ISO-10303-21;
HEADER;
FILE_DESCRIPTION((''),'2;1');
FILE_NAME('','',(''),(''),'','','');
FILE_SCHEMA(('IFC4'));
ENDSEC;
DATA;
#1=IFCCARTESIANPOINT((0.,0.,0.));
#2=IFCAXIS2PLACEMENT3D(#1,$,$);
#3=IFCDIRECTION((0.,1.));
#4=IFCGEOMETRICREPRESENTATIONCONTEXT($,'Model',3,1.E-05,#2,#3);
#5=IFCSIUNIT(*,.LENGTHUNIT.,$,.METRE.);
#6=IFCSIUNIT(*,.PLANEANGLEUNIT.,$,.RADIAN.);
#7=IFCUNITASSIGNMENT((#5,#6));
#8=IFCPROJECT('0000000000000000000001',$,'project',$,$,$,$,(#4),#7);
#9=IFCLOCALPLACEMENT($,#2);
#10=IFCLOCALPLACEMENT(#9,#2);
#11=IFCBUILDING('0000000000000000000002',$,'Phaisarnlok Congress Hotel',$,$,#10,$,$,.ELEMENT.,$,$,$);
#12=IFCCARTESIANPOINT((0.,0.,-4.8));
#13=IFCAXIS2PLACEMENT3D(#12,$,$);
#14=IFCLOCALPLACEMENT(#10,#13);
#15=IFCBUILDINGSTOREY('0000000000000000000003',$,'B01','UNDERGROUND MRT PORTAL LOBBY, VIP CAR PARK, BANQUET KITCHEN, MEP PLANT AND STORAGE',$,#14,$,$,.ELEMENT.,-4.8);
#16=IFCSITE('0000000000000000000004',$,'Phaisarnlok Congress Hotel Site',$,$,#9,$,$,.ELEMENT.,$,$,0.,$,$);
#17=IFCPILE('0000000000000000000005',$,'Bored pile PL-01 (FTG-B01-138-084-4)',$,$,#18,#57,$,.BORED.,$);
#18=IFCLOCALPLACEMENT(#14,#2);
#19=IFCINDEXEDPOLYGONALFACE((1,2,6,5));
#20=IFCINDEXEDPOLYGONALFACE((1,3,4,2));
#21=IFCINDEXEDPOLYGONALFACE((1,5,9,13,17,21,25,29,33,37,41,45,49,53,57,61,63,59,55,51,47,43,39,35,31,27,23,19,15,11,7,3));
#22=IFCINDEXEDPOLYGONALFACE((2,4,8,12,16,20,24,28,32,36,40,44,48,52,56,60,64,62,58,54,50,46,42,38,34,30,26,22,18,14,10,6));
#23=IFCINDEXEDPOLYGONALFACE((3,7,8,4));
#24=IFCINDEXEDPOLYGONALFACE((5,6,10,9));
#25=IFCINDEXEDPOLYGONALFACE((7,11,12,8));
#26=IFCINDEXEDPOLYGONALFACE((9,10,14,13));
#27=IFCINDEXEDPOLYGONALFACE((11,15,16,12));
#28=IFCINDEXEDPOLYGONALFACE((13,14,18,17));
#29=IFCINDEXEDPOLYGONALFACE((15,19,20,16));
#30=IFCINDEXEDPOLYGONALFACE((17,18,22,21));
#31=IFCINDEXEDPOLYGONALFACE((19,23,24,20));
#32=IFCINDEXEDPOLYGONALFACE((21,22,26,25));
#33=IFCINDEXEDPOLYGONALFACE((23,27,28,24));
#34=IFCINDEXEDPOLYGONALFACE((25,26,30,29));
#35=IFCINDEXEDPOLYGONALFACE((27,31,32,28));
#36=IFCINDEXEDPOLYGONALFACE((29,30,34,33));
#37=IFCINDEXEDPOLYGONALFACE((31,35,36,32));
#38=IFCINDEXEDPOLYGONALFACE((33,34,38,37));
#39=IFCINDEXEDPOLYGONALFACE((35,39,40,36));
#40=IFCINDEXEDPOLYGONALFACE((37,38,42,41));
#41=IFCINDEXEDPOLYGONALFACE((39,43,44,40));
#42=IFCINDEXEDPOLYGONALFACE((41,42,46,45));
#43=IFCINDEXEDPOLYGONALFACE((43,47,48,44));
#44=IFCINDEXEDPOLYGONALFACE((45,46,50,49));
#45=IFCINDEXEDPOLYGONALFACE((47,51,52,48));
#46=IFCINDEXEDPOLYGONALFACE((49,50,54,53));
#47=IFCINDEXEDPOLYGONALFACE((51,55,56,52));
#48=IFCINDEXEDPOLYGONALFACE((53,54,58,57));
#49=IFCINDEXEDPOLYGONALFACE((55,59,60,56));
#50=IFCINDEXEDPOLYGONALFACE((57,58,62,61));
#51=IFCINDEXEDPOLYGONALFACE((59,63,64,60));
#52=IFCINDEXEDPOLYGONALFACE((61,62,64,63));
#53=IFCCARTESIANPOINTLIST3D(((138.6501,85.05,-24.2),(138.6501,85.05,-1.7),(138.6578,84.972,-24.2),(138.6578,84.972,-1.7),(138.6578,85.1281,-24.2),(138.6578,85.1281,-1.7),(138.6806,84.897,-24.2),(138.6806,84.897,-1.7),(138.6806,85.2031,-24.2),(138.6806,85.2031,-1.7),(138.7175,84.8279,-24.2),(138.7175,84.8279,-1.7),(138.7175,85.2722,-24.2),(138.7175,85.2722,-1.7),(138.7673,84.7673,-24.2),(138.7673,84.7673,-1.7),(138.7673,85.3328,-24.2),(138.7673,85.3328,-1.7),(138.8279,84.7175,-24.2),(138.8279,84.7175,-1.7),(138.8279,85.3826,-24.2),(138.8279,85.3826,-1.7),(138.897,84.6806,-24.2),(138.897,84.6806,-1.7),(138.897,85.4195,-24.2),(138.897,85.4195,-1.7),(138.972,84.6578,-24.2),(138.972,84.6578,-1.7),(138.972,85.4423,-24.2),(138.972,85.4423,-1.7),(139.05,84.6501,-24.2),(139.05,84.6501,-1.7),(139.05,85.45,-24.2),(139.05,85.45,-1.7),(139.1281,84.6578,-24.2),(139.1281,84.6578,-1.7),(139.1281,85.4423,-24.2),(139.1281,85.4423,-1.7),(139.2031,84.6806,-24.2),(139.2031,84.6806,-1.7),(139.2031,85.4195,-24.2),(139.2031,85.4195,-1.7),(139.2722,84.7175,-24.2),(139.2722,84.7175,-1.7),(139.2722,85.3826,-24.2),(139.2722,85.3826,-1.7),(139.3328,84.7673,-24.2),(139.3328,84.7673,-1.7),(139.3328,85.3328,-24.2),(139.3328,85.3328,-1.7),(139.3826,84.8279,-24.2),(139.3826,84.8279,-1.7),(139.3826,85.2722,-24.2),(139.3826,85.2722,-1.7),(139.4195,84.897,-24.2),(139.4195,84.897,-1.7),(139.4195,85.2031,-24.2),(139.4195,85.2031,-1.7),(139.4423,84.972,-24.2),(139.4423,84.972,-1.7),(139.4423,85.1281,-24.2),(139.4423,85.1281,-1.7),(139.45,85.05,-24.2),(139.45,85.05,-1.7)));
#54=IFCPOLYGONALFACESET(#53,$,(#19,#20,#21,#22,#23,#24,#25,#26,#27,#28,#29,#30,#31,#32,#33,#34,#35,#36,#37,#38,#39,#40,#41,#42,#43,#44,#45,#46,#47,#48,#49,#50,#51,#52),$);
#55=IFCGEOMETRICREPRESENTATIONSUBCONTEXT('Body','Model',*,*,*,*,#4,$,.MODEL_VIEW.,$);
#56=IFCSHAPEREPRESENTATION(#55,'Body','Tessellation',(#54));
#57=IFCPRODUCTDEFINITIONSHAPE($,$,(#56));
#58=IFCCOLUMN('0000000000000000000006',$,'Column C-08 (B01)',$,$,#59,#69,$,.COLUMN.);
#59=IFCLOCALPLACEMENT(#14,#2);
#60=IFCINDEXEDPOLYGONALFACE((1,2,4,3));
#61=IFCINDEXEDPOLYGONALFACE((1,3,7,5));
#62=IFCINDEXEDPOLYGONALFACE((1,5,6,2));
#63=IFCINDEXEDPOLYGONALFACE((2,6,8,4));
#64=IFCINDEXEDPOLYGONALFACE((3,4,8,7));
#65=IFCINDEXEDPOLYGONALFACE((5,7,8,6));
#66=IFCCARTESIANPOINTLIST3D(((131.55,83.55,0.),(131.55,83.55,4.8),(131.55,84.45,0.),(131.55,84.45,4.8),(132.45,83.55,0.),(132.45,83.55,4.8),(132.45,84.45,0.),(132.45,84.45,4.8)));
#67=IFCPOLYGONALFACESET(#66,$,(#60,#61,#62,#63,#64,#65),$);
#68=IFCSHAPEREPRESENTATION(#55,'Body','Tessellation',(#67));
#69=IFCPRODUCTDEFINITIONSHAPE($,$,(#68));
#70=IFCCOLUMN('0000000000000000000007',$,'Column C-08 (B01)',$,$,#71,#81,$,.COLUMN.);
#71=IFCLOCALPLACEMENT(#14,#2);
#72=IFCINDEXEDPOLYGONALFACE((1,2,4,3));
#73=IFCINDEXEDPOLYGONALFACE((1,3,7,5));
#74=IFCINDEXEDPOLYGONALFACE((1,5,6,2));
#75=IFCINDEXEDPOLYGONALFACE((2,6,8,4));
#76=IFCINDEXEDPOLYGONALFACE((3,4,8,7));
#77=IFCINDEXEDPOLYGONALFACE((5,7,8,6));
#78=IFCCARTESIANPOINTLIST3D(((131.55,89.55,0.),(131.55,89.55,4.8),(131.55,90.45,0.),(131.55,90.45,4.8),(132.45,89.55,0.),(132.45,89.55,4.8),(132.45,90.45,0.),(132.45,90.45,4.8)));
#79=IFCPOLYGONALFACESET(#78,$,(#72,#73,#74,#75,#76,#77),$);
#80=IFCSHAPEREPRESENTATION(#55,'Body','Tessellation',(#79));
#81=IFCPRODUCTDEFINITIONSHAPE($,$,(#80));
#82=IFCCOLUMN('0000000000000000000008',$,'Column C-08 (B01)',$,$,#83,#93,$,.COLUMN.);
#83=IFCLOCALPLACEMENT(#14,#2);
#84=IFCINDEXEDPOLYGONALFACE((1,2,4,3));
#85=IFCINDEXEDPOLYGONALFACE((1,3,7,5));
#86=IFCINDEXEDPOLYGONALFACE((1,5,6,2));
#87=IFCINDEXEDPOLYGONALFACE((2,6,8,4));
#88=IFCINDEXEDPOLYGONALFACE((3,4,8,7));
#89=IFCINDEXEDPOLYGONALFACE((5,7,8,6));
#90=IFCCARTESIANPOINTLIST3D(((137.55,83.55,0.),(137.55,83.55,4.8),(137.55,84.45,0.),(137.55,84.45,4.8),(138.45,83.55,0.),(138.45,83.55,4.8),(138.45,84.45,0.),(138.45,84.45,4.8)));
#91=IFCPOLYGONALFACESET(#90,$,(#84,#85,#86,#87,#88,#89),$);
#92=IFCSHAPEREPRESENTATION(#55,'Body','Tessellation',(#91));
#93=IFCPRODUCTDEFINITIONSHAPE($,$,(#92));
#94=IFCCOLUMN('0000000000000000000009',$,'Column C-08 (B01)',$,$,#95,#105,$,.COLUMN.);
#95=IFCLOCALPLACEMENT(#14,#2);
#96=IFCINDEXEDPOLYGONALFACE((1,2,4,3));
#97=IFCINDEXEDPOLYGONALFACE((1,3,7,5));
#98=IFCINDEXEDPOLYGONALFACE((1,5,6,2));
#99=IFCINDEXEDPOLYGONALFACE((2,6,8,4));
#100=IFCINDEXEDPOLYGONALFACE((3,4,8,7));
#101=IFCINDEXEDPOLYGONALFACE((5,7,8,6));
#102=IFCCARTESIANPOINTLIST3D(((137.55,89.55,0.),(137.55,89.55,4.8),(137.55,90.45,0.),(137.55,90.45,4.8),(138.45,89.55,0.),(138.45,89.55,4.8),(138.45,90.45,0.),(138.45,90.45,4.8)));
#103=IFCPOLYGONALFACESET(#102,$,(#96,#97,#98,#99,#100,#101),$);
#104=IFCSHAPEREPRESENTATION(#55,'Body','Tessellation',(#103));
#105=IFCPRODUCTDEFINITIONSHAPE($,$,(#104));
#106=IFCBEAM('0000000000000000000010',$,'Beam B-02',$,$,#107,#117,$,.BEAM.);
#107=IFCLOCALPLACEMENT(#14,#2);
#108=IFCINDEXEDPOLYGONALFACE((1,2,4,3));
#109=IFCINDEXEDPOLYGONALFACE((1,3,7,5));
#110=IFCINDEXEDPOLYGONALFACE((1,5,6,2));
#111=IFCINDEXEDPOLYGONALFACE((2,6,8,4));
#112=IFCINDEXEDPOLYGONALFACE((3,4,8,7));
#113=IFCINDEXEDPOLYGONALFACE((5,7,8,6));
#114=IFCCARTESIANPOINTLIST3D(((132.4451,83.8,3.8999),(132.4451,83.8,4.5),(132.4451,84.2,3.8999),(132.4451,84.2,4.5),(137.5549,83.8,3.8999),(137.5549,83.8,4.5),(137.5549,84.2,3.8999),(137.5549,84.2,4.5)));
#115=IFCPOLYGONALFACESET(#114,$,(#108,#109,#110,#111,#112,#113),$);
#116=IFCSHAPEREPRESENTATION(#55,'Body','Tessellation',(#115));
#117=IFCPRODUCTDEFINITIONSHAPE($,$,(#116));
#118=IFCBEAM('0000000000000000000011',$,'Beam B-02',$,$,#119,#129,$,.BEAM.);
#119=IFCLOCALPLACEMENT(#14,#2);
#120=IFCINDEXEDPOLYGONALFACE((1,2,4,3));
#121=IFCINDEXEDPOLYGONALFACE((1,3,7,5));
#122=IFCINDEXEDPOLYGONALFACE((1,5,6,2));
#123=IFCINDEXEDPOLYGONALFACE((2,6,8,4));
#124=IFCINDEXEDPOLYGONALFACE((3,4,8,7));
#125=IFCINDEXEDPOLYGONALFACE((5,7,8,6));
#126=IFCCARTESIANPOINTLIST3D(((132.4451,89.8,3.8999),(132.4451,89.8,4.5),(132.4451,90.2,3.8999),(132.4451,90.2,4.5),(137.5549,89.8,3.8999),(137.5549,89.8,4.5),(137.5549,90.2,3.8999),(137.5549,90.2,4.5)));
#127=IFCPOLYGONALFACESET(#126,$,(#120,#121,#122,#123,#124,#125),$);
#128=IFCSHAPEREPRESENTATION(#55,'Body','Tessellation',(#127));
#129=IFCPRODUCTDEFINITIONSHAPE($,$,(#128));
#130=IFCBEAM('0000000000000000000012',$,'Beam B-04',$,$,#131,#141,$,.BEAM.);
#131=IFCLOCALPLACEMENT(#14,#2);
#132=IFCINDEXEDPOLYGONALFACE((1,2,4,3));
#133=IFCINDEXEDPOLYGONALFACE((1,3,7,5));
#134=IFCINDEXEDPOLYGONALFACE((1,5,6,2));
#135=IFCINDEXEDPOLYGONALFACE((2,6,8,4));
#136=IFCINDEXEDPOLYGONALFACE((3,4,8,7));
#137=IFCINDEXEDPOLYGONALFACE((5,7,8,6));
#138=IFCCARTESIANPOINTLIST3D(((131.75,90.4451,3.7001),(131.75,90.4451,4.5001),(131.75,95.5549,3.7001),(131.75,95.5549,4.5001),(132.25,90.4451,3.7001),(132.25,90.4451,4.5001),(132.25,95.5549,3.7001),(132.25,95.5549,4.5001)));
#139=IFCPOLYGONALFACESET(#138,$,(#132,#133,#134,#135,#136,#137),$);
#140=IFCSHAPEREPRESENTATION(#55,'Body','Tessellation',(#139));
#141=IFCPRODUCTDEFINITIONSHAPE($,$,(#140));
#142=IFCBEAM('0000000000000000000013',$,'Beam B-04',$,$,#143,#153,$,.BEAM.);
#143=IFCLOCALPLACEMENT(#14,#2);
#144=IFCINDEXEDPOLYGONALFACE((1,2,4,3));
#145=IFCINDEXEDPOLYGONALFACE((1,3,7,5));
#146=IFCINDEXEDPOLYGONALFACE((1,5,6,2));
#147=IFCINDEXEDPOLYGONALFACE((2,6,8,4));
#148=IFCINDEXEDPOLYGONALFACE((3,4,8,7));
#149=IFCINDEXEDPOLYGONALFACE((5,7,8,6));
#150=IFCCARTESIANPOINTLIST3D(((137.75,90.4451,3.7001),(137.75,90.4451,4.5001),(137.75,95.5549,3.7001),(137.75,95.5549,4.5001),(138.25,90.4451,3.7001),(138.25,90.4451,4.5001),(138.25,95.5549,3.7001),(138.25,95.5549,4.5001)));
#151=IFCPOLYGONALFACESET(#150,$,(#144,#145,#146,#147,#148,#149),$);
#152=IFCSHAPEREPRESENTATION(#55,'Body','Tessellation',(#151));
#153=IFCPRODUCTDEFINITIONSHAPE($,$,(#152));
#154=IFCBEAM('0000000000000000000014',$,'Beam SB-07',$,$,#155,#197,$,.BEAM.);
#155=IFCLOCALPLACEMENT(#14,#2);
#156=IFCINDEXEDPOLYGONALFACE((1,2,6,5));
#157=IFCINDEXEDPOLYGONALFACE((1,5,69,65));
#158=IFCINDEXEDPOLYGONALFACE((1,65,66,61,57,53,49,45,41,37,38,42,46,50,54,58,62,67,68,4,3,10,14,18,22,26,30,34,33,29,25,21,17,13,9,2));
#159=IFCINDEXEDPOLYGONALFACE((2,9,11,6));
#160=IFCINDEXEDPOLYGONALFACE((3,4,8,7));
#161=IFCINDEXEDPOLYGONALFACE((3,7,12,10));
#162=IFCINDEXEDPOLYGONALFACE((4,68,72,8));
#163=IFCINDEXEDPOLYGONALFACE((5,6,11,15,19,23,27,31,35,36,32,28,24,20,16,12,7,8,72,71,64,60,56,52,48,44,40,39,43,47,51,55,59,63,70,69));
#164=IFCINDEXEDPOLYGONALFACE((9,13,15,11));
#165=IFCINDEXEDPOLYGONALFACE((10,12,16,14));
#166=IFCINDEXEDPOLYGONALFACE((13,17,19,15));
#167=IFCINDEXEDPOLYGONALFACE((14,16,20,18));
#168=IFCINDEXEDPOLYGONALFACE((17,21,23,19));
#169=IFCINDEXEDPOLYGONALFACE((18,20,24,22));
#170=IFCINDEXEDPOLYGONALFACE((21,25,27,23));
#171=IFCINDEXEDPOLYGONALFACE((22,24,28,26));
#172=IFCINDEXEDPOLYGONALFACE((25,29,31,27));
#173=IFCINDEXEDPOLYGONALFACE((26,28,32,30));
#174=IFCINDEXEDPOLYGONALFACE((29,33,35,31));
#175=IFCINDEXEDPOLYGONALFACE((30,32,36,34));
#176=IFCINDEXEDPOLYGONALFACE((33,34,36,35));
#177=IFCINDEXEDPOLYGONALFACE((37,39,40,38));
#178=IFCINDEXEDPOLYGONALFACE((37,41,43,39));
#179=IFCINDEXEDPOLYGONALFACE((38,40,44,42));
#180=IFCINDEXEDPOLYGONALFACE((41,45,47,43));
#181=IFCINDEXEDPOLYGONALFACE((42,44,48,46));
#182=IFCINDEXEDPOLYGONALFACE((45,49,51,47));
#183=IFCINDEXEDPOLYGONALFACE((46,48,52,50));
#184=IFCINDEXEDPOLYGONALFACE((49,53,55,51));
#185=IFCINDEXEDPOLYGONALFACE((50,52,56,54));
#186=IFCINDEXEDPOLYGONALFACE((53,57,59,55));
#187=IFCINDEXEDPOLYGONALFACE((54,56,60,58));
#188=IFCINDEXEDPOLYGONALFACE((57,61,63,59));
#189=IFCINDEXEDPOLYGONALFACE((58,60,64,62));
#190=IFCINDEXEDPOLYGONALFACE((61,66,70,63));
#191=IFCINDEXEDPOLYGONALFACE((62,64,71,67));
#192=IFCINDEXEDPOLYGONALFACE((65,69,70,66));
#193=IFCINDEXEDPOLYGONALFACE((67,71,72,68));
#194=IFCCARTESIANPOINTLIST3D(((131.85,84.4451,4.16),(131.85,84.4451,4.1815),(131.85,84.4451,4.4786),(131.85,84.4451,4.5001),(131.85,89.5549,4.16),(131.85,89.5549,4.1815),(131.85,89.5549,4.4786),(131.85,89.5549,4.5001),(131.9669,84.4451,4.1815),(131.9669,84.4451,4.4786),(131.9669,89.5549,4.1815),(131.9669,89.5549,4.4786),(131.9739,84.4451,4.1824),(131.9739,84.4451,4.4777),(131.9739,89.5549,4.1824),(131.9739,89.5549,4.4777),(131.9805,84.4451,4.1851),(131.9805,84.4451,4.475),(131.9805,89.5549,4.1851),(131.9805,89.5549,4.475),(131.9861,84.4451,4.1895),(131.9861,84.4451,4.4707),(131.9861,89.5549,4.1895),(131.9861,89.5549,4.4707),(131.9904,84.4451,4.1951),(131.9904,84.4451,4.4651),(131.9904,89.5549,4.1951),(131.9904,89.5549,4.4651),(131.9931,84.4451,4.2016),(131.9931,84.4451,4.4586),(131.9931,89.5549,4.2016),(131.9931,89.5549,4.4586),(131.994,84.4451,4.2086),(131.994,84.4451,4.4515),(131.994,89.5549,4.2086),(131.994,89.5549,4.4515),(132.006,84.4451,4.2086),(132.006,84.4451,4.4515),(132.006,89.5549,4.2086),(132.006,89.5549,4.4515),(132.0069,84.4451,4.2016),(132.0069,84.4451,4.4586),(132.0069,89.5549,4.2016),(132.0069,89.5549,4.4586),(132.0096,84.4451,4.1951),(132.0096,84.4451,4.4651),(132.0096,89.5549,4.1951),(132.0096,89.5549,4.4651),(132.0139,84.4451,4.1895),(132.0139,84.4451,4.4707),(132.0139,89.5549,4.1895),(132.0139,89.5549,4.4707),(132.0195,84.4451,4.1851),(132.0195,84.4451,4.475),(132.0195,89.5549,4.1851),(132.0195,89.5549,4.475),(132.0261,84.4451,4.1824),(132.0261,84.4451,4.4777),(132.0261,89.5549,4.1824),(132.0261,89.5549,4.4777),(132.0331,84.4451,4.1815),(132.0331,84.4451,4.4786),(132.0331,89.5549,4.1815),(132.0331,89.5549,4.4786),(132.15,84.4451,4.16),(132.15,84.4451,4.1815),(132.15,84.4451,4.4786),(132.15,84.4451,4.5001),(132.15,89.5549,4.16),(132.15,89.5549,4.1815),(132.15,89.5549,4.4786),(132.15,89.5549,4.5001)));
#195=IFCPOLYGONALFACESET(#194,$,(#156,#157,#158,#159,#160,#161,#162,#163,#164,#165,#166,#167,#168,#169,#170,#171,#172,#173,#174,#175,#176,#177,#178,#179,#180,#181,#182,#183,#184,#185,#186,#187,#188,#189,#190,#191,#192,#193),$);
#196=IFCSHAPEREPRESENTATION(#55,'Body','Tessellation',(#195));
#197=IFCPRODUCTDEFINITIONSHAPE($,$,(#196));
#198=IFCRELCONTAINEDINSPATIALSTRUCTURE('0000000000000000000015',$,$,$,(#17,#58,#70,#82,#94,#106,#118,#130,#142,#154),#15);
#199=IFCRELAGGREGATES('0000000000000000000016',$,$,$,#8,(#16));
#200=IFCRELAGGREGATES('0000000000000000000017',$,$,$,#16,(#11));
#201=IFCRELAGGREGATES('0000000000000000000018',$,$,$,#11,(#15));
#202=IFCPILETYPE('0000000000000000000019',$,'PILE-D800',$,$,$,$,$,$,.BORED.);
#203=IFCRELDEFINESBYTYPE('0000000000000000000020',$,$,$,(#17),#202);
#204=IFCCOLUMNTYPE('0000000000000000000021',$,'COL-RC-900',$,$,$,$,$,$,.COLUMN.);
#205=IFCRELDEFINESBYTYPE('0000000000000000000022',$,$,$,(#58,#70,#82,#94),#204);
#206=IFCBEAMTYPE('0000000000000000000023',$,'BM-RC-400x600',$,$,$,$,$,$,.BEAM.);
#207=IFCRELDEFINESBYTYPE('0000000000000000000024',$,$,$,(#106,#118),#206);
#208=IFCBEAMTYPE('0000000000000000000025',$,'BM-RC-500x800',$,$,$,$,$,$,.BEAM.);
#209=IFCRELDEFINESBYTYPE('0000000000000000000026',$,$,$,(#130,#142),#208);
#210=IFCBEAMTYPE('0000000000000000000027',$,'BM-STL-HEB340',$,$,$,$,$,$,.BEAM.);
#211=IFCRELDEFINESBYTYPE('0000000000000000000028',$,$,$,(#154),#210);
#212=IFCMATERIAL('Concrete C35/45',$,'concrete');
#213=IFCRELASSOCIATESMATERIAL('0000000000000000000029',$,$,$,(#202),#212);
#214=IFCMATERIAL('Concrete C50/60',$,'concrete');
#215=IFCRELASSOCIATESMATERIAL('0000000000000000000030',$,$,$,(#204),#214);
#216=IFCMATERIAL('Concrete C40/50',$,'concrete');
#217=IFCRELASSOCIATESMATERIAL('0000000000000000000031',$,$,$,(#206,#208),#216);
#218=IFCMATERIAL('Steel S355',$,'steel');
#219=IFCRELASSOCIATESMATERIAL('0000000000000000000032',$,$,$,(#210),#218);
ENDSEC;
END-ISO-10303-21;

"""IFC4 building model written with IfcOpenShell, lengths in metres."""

from ifc_helpers import new_model, si_unit, direction, frame, origin, origin_2d, place, context, subcontext, project, spatial, rectangle, circle, i_section, extrude, material, material_profile, profile_set, type_object, element, save


model = new_model("IFC4")

# Units and contexts
model_context = context("Model", 3, precision=1e-05, world=origin(), true_north=direction((0.0, 1.0)))
body_context = subcontext(model_context, "Body", "Model", "MODEL_VIEW")
ifc_project = project(units=[si_unit("LENGTHUNIT", "METRE"), si_unit("PLANEANGLEUNIT", "RADIAN")], contexts=[model_context])

# Site, building, storey
site_placement = place(None, origin())
site = spatial("IfcSite", under=ifc_project, at=site_placement, Name="Phaisarnlok Congress Hotel Site", CompositionType="ELEMENT", RefElevation=0.0)
building_placement = place(site_placement, origin())
building = spatial("IfcBuilding", under=site, at=building_placement, Name="Phaisarnlok Congress Hotel", CompositionType="ELEMENT")
storey_placement = place(building_placement, frame((0.0, 0.0, -4.8)))
storey = spatial("IfcBuildingStorey", under=building, at=storey_placement, Name="B01", Description="UNDERGROUND MRT PORTAL LOBBY, VIP CAR PARK, BANQUET KITCHEN, MEP PLANT AND STORAGE", CompositionType="ELEMENT", Elevation=-4.8)

# Shared definitions
ifc_material_1 = material(Name="Concrete C40/50", Category="concrete")

# Pile
ifc_material_2 = material(Name="Concrete C35/45", Category="concrete")
ifc_material_profile_1 = material_profile(ifc_material_2, circle(Radius=0.3999, at=origin_2d()), Name="BORED PILE D800")
ifc_profile_set_1 = profile_set([ifc_material_profile_1], Name="Concrete C35/45")
pile_type_1 = type_object("IfcPileType", Name="PILE-D800", PredefinedType="BORED", material=ifc_profile_set_1)
for number, where, z_axis, x_axis, name in (
    (1, (139.05, 85.05, -1.7), (0.0, 0.0, -1.0), (1.0, 0.0, 0.0), "Bored pile PL-01 (FTG-B01-138-084-4)"),
):
    element("IfcPile", number, at=place(storey_placement, frame(where, z_axis=z_axis, x_axis=x_axis)), inside=storey, type_object=pile_type_1, Name=name, PredefinedType="BORED", context=body_context, shape_type="SweptSolid", body=[
        extrude(circle(Radius=0.3999, at=origin_2d()), origin(), (0.0, 0.0, 1.0), 22.5),
    ])

# Columns
ifc_material_3 = material(Name="Concrete C50/60", Category="concrete")
ifc_material_profile_2 = material_profile(ifc_material_3, rectangle(XDim=0.8999, YDim=0.8999, at=origin_2d()), Name="RC 900x900")
ifc_profile_set_2 = profile_set([ifc_material_profile_2], Name="Concrete C50/60")
column_type = type_object("IfcColumnType", Name="COL-RC-900", PredefinedType="COLUMN", material=ifc_profile_set_2)
for number, where, z_axis, x_axis, name in (
    (2, (132.0, 84.0, 0.0), (0.0, 0.0, 1.0), (1.0, 0.0, 0.0), "Column C-08 (B01)"),
    (3, (132.0, 90.0, 0.0), (0.0, 0.0, 1.0), (1.0, 0.0, 0.0), "Column C-08 (B01)"),
    (4, (138.0, 84.0, 0.0), (0.0, 0.0, 1.0), (1.0, 0.0, 0.0), "Column C-08 (B01)"),
    (5, (138.0, 90.0, 0.0), (0.0, 0.0, 1.0), (1.0, 0.0, 0.0), "Column C-08 (B01)"),
):
    element("IfcColumn", number, at=place(storey_placement, frame(where, z_axis=z_axis, x_axis=x_axis)), inside=storey, type_object=column_type, Name=name, PredefinedType="COLUMN", context=body_context, shape_type="SweptSolid", body=[
        extrude(rectangle(XDim=0.8999, YDim=0.8999, at=origin_2d()), origin(), (0.0, 0.0, 1.0), 4.8),
    ])

# Beams
ifc_material_profile_3 = material_profile(ifc_material_1, rectangle(XDim=0.3999, YDim=0.6001, at=origin_2d()), Name="RC 400x600")
ifc_profile_set_3 = profile_set([ifc_material_profile_3], Name="Concrete C40/50")
beam_type_1 = type_object("IfcBeamType", Name="BM-RC-400x600", PredefinedType="BEAM", material=ifc_profile_set_3)
for number, where, z_axis, x_axis, name in (
    (6, (132.4451, 84.0, 4.2), (1.0, 0.0, 0.0), (0.0, 1.0, 0.0), "Beam B-02"),
    (7, (132.4451, 90.0, 4.2), (1.0, 0.0, 0.0), (0.0, 1.0, 0.0), "Beam B-02"),
):
    element("IfcBeam", number, at=place(storey_placement, frame(where, z_axis=z_axis, x_axis=x_axis)), inside=storey, type_object=beam_type_1, Name=name, PredefinedType="BEAM", context=body_context, shape_type="SweptSolid", body=[
        extrude(rectangle(XDim=0.3999, YDim=0.6001, at=origin_2d()), origin(), (0.0, 0.0, 1.0), 5.1099),
    ])
ifc_material_profile_4 = material_profile(ifc_material_1, rectangle(XDim=0.5, YDim=0.8, at=origin_2d()), Name="RC 500x800")
ifc_profile_set_4 = profile_set([ifc_material_profile_4], Name="Concrete C40/50")
beam_type_2 = type_object("IfcBeamType", Name="BM-RC-500x800", PredefinedType="BEAM", material=ifc_profile_set_4)
for number, where, z_axis, x_axis, name in (
    (8, (132.0, 90.4451, 4.1001), (0.0, 1.0, 0.0), (-1.0, 0.0, 0.0), "Beam B-04"),
    (9, (138.0, 90.4451, 4.1001), (0.0, 1.0, 0.0), (-1.0, 0.0, 0.0), "Beam B-04"),
):
    element("IfcBeam", number, at=place(storey_placement, frame(where, z_axis=z_axis, x_axis=x_axis)), inside=storey, type_object=beam_type_2, Name=name, PredefinedType="BEAM", context=body_context, shape_type="SweptSolid", body=[
        extrude(rectangle(XDim=0.5, YDim=0.8, at=origin_2d()), origin(), (0.0, 0.0, 1.0), 5.1099),
    ])
ifc_material_4 = material(Name="Steel S355", Category="steel")
ifc_material_profile_5 = material_profile(ifc_material_4, i_section(OverallWidth=0.3, OverallDepth=0.3401, WebThickness=0.012, FlangeThickness=0.0215, FilletRadius=0.0271, at=origin_2d()), Name="HEB 340")
ifc_profile_set_5 = profile_set([ifc_material_profile_5], Name="Steel S355")
beam_type_3 = type_object("IfcBeamType", Name="BM-STL-HEB340", PredefinedType="BEAM", material=ifc_profile_set_5)
for number, where, z_axis, x_axis, name in (
    (10, (132.0, 84.4451, 4.3301), (0.0, 1.0, 0.0), (-1.0, 0.0, 0.0), "Beam SB-07"),
):
    element("IfcBeam", number, at=place(storey_placement, frame(where, z_axis=z_axis, x_axis=x_axis)), inside=storey, type_object=beam_type_3, Name=name, PredefinedType="BEAM", context=body_context, shape_type="SweptSolid", body=[
        extrude(i_section(OverallWidth=0.3, OverallDepth=0.3401, WebThickness=0.012, FlangeThickness=0.0215, FilletRadius=0.0271, at=origin_2d()), origin(), (0.0, 0.0, 1.0), 5.1099),
    ])

save(model, "model.ifc")
